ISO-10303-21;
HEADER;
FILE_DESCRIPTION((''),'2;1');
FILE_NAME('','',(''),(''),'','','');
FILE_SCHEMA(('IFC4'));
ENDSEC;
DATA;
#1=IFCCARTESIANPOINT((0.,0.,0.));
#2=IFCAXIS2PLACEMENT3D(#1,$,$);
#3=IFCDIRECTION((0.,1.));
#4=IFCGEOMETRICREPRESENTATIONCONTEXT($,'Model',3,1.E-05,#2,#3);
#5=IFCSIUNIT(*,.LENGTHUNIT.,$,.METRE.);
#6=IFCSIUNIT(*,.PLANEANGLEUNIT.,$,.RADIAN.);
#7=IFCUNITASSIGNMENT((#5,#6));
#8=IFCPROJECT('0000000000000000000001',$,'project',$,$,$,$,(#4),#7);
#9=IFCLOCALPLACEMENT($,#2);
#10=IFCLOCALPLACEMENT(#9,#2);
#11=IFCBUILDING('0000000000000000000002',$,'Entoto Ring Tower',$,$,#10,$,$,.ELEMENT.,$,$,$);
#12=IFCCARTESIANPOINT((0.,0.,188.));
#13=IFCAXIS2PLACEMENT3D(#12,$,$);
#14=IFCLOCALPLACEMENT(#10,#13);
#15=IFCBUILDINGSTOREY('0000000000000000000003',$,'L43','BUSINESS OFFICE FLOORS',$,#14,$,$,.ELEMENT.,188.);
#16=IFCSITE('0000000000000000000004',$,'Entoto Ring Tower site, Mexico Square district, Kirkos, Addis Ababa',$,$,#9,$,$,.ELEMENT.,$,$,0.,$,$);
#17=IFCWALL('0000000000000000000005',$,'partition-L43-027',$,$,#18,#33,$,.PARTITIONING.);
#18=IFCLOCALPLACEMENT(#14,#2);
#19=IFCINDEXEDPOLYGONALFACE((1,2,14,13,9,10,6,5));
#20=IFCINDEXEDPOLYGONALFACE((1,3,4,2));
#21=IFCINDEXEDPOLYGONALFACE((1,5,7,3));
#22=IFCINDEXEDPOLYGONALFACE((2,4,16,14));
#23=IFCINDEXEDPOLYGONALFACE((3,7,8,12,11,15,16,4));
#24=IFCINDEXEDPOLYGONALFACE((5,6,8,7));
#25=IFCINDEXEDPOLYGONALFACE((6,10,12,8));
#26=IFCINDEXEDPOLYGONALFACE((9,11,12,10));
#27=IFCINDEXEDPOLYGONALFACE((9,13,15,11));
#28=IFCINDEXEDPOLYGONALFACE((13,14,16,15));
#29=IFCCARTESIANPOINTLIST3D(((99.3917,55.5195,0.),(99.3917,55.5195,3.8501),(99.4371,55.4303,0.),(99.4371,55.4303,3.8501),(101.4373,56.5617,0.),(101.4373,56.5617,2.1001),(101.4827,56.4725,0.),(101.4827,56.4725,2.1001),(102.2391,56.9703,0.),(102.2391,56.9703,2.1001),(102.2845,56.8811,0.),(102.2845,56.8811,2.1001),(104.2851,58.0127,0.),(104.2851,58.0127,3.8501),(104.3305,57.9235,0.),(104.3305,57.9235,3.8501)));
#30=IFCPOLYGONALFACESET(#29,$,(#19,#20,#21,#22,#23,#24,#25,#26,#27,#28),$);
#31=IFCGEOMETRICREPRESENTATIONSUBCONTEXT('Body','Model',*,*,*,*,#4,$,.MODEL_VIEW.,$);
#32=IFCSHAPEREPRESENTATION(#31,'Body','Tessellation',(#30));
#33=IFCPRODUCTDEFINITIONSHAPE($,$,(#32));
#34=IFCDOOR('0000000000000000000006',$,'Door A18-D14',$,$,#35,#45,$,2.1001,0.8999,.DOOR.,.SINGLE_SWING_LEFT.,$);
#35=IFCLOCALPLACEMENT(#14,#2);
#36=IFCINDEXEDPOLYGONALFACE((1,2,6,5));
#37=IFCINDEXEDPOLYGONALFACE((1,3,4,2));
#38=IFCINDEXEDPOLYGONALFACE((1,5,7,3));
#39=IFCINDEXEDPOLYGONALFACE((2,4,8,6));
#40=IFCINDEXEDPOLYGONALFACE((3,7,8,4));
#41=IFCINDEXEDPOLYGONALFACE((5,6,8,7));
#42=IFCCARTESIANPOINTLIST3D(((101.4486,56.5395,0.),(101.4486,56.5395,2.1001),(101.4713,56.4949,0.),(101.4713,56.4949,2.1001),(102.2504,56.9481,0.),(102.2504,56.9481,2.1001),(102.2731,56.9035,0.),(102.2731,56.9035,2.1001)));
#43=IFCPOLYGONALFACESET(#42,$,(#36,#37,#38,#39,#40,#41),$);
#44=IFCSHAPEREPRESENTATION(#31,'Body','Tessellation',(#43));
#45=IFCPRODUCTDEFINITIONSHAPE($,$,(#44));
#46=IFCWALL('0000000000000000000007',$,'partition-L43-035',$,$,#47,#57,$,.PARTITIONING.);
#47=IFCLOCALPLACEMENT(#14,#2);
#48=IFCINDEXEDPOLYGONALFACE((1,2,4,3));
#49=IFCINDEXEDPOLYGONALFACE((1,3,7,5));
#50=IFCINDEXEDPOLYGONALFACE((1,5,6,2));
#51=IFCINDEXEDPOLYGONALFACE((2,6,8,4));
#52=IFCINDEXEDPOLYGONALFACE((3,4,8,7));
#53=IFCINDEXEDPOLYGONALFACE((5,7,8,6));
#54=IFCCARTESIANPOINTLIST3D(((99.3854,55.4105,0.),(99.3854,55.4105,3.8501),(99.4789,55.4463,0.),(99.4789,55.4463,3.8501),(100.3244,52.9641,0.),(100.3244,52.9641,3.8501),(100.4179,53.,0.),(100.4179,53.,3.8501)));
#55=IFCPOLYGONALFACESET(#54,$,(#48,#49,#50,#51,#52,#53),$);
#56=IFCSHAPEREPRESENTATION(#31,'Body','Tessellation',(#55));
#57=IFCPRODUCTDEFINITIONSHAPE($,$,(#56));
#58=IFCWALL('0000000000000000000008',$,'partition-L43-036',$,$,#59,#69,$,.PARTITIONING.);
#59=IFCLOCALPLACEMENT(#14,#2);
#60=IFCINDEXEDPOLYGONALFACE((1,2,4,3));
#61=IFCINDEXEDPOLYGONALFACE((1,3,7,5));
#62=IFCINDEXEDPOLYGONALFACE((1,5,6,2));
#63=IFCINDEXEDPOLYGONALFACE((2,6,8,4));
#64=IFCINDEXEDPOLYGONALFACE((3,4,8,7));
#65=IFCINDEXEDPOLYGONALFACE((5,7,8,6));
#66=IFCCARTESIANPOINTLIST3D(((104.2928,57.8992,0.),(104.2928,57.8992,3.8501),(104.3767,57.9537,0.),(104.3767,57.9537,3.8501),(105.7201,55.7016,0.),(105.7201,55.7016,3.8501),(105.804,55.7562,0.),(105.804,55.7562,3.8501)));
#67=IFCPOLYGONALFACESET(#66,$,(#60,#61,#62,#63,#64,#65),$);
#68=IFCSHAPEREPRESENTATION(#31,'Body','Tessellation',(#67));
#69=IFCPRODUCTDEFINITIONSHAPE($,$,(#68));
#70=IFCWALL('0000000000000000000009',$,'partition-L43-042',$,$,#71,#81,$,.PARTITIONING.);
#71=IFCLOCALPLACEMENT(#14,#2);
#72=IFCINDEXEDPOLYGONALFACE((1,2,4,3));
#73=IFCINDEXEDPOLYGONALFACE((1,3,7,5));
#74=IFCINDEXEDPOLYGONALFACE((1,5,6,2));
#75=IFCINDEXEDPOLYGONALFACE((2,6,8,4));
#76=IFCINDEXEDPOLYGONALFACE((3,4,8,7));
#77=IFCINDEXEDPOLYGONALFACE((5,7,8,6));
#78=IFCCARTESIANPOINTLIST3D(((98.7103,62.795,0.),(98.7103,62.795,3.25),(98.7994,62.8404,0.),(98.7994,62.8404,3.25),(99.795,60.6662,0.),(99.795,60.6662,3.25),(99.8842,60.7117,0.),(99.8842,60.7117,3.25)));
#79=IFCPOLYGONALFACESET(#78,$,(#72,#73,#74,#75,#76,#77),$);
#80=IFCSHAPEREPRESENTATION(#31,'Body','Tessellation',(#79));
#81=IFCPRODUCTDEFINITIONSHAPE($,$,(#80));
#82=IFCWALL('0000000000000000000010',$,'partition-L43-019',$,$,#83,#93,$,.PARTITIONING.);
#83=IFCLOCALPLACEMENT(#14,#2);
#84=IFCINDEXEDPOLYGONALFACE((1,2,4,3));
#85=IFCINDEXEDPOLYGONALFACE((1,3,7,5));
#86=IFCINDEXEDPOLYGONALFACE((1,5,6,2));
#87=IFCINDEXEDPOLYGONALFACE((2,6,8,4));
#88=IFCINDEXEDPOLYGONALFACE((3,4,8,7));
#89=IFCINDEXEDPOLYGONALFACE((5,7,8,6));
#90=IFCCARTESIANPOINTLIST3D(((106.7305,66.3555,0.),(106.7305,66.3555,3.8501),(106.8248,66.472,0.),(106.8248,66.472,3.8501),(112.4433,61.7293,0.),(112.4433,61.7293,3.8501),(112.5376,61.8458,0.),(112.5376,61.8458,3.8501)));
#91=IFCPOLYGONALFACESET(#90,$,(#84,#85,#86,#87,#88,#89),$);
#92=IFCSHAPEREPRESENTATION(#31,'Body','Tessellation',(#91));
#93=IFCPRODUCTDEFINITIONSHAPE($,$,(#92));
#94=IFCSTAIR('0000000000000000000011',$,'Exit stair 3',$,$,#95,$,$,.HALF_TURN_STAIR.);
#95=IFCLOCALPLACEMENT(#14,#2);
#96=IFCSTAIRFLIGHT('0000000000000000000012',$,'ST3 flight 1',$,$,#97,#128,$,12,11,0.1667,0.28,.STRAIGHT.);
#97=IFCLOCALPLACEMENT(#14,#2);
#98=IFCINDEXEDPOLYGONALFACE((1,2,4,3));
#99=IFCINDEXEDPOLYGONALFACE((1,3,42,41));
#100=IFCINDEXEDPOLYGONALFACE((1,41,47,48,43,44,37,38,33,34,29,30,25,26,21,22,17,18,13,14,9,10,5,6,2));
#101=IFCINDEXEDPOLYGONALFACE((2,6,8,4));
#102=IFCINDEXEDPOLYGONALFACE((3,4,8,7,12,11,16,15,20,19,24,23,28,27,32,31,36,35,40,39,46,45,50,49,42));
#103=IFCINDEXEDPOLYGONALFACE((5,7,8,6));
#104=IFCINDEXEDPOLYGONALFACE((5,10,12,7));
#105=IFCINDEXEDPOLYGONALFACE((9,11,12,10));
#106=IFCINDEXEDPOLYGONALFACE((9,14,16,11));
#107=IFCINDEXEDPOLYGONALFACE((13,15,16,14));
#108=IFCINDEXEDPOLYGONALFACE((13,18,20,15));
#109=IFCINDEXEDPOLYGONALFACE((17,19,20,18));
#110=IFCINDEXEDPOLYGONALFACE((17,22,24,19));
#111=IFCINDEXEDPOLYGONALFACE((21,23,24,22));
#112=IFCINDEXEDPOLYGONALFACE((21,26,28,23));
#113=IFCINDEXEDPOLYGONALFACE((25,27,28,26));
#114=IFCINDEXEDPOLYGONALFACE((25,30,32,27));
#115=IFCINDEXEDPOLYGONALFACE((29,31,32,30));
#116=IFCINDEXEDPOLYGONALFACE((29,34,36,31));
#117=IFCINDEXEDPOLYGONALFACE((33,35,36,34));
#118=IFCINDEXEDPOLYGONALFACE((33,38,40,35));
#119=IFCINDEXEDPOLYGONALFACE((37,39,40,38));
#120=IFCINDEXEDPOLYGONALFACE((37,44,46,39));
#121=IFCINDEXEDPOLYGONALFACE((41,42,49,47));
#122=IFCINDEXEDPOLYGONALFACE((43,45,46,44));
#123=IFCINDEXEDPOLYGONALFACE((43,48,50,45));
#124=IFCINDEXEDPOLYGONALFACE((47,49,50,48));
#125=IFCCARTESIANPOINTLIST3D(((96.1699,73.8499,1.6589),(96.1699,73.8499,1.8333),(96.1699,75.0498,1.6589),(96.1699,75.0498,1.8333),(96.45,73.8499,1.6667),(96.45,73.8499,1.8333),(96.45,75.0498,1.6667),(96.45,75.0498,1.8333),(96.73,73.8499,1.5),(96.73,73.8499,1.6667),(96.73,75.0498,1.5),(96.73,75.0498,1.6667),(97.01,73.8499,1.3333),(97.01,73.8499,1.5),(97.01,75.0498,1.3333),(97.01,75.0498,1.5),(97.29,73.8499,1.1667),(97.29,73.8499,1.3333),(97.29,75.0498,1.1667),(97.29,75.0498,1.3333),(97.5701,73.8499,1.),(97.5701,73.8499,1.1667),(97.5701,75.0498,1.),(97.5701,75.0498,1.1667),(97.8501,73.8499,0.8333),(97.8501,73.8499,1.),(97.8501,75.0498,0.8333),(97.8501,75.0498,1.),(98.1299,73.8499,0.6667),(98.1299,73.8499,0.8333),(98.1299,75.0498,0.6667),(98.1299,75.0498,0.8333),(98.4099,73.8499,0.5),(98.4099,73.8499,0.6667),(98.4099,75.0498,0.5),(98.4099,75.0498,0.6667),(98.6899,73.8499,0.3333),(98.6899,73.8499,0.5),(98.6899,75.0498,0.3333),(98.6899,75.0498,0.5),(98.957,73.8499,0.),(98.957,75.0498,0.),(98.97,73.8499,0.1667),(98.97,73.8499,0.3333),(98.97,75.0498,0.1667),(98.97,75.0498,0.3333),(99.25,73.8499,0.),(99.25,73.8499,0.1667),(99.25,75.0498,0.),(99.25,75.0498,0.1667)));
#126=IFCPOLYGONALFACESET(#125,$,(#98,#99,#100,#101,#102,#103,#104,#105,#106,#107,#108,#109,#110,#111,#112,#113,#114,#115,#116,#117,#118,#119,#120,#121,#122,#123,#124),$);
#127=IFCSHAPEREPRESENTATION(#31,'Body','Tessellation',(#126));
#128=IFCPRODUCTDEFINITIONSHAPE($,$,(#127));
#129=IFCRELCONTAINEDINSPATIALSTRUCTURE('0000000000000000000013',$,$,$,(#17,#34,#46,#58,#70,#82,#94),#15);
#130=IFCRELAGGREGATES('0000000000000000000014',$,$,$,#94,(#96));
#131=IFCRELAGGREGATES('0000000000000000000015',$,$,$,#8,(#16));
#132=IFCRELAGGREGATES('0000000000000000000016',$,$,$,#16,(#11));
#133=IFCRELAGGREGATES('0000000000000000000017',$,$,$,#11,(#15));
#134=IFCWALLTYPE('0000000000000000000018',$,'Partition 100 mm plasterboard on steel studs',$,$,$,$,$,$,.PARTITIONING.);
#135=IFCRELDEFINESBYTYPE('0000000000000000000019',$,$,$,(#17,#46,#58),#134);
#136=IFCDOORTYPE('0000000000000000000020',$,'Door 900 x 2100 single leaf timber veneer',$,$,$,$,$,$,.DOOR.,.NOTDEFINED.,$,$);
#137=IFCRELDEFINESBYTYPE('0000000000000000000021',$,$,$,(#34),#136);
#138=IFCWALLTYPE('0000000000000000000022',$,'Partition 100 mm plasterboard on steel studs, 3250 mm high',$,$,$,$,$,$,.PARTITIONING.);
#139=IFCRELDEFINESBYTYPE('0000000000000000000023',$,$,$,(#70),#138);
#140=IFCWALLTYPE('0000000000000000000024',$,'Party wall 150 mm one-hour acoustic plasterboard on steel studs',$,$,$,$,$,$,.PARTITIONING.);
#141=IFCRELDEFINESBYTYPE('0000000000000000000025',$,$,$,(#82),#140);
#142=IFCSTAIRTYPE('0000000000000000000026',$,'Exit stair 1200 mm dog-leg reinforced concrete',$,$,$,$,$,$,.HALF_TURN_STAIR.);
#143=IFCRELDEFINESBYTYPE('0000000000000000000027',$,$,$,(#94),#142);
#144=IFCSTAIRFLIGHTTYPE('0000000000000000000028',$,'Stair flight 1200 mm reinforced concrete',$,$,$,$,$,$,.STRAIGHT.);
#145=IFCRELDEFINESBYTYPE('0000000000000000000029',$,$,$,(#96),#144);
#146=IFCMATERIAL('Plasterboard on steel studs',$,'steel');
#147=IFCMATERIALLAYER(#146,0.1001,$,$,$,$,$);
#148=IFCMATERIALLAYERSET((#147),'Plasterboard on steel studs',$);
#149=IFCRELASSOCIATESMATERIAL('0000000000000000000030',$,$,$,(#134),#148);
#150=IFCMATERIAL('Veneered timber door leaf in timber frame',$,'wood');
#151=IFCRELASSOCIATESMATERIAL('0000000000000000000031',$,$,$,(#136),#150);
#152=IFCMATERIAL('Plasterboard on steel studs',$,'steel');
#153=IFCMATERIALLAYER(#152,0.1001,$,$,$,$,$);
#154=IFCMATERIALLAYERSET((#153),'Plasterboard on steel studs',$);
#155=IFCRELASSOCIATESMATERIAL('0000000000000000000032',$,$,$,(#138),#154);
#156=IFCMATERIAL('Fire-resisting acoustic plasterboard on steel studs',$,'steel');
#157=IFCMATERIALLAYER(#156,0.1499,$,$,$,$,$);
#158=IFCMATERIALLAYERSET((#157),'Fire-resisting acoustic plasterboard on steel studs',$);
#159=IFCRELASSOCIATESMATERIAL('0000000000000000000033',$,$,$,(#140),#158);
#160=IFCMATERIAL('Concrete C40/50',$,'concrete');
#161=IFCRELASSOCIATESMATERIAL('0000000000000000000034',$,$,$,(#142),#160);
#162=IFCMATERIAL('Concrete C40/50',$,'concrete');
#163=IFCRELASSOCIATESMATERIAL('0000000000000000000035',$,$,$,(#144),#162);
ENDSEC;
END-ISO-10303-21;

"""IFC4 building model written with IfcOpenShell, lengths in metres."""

from ifc_helpers import new_model, si_unit, direction, frame, frame_2d, origin, place, context, subcontext, project, spatial, polyline, rectangle, outline, extrude, material, layer, layer_set, type_object, element, fill, aggregate, save


model = new_model("IFC4")

# Units and contexts
model_context = context("Model", 3, precision=1e-05, world=origin(), true_north=direction((0.0, 1.0)))
body_context = subcontext(model_context, "Body", "Model", "MODEL_VIEW")
ifc_project = project(units=[si_unit("LENGTHUNIT", "METRE"), si_unit("PLANEANGLEUNIT", "RADIAN")], contexts=[model_context])

# Site, building, storey
site_placement = place(None, origin())
site = spatial("IfcSite", under=ifc_project, at=site_placement, Name="Entoto Ring Tower site, Mexico Square district, Kirkos, Addis Ababa", CompositionType="ELEMENT", RefElevation=0.0)
building_placement = place(site_placement, origin())
building = spatial("IfcBuilding", under=site, at=building_placement, Name="Entoto Ring Tower", CompositionType="ELEMENT")
storey_placement = place(building_placement, frame((0.0, 0.0, 188.0)))
storey = spatial("IfcBuildingStorey", under=building, at=storey_placement, Name="L43", Description="BUSINESS OFFICE FLOORS", CompositionType="ELEMENT", Elevation=188.0)

# Wall, opening, door
ifc_material_1 = material(Name="Plasterboard on steel studs", Category="steel")
ifc_layer_1 = layer(ifc_material_1, 0.1001)
ifc_layer_set_1 = layer_set([ifc_layer_1], Name="Plasterboard on steel studs")
wall_type_1 = type_object("IfcWallType", Name="Partition 100 mm plasterboard on steel studs", PredefinedType="PARTITIONING", material=ifc_layer_set_1)
wall_1_placement = place(storey_placement, frame((99.4143, 55.4749, 0.0), z_axis=(0.0, 0.0, 1.0), x_axis=(0.891014, 0.453976, 0.0)))
wall_1 = element("IfcWall", 1, at=wall_1_placement, inside=storey, type_object=wall_type_1, Name="partition-L43-027", PredefinedType="PARTITIONING", context=body_context, shape_type="SweptSolid", body=[
    extrude(rectangle(XDim=5.4919, YDim=0.1001, at=frame_2d((2.7461, 0.0))), origin(), (0.0, 0.0, 1.0), 3.8501),
])
opening_1_placement = place(wall_1_placement, frame((2.2959, 0.0, 0.0)))
opening_1 = element("IfcOpeningElement", 2, at=opening_1_placement, cuts=wall_1, PredefinedType="OPENING", context=body_context, shape_type="SweptSolid", body=[
    extrude(rectangle(XDim=0.8999, YDim=2.1001, at=frame_2d((0.45, 1.05))), frame((0.0, 0.0601, 0.0), z_axis=(0.0, -1.0, 0.0), x_axis=(1.0, 0.0, 0.0)), (0.0, 0.0, 1.0), 0.1201),
])
ifc_material_2 = material(Name="Veneered timber door leaf in timber frame", Category="wood")
door_type_1 = type_object("IfcDoorType", Name="Door 900 x 2100 single leaf timber veneer", OperationType="NOTDEFINED", PredefinedType="DOOR", material=ifc_material_2)
door_1_placement = place(opening_1_placement, frame((0.8999, 0.0, 0.0), z_axis=(0.0, 0.0, 1.0), x_axis=(-1.0, 0.0, 0.0)))
door_1 = element("IfcDoor", 3, at=door_1_placement, inside=storey, type_object=door_type_1, Name="Door A18-D14", OperationType="SINGLE_SWING_LEFT", OverallHeight=2.1001, OverallWidth=0.8999, PredefinedType="DOOR", context=body_context, shape_type="SweptSolid", body=[
    extrude(rectangle(XDim=0.8999, YDim=2.1001, at=frame_2d((0.45, 1.05))), frame((0.0, 0.0249, 0.0), z_axis=(0.0, -1.0, 0.0), x_axis=(1.0, 0.0, 0.0)), (0.0, 0.0, 1.0), 0.05),
])
fill(opening_1, door_1)

# Walls
for number, where, z_axis, x_axis, name in (
    (4, (100.3711, 52.9822, 0.0), (0.0, 0.0, 1.0), (-0.358342, 0.93359, 0.0), "partition-L43-035"),
    (5, (105.762, 55.729, 0.0), (0.0, 0.0, 1.0), (-0.544684, 0.838642, 0.0), "partition-L43-036"),
):
    element("IfcWall", number, at=place(storey_placement, frame(where, z_axis=z_axis, x_axis=x_axis)), inside=storey, type_object=wall_type_1, Name=name, PredefinedType="PARTITIONING", context=body_context, shape_type="SweptSolid", body=[
        extrude(rectangle(XDim=2.6204, YDim=0.1001, at=frame_2d((1.3101, 0.0))), origin(), (0.0, 0.0, 1.0), 3.8501),
    ])
ifc_material_3 = material(Name="Plasterboard on steel studs", Category="steel")
ifc_layer_2 = layer(ifc_material_3, 0.1001)
ifc_layer_set_2 = layer_set([ifc_layer_2], Name="Plasterboard on steel studs")
wall_type_2 = type_object("IfcWallType", Name="Partition 100 mm plasterboard on steel studs, 3250 mm high", PredefinedType="PARTITIONING", material=ifc_layer_set_2)
wall_2_placement = place(storey_placement, frame((99.8396, 60.689, 0.0), z_axis=(0.0, 0.0, 1.0), x_axis=(-0.454027, 0.890988, 0.0)))
element("IfcWall", 6, at=wall_2_placement, inside=storey, type_object=wall_type_2, Name="partition-L43-042", PredefinedType="PARTITIONING", context=body_context, shape_type="SweptSolid", body=[
    extrude(rectangle(XDim=2.3892, YDim=0.1001, at=frame_2d((1.1946, 0.0))), origin(), (0.0, 0.0, 1.0), 3.25),
])
ifc_material_4 = material(Name="Fire-resisting acoustic plasterboard on steel studs", Category="steel")
ifc_layer_3 = layer(ifc_material_4, 0.1499)
ifc_layer_set_3 = layer_set([ifc_layer_3], Name="Fire-resisting acoustic plasterboard on steel studs")
wall_type_3 = type_object("IfcWallType", Name="Party wall 150 mm one-hour acoustic plasterboard on steel studs", PredefinedType="PARTITIONING", material=ifc_layer_set_3)
wall_3_placement = place(storey_placement, frame((112.4905, 61.7876, 0.0), z_axis=(0.0, 0.0, 1.0), x_axis=(-0.777145, 0.629321, 0.0)))
element("IfcWall", 7, at=wall_3_placement, inside=storey, type_object=wall_type_3, Name="partition-L43-019", PredefinedType="PARTITIONING", context=body_context, shape_type="SweptSolid", body=[
    extrude(rectangle(XDim=7.3511, YDim=0.1499, at=frame_2d((3.6755, 0.0))), origin(), (0.0, 0.0, 1.0), 3.8501),
])

# Stair, stair flight
ifc_material_5 = material(Name="Concrete C40/50", Category="concrete")
stair_type = type_object("IfcStairType", Name="Exit stair 1200 mm dog-leg reinforced concrete", PredefinedType="HALF_TURN_STAIR", material=ifc_material_5)
stair_placement = place(storey_placement, origin())
stair = element("IfcStair", 8, at=stair_placement, inside=storey, type_object=stair_type, Name="Exit stair 3", PredefinedType="HALF_TURN_STAIR")
ifc_material_6 = material(Name="Concrete C40/50", Category="concrete")
stair_flight_type = type_object("IfcStairFlightType", Name="Stair flight 1200 mm reinforced concrete", PredefinedType="STRAIGHT", material=ifc_material_6)
stair_flight_placement = place(storey_placement, frame((99.25, 74.45, 0.0), z_axis=(0.0, 0.0, 1.0), x_axis=(-1.0, 0.0, 0.0)))
stair_flight = element("IfcStairFlight", 9, at=stair_flight_placement, type_object=stair_flight_type, Name="ST3 flight 1", NumberOfRisers=12, NumberOfTreads=11, PredefinedType="STRAIGHT", RiserHeight=0.1667, TreadLength=0.28, context=body_context, shape_type="SweptSolid", body=[
    extrude(outline(polyline([(0.0, 0.0), (0.0, 0.1667), (0.28, 0.1667), (0.28, 0.3333), (0.5601, 0.3333), (0.5601, 0.5), (0.8401, 0.5), (0.8401, 0.6667), (1.1201, 0.6667), (1.1201, 0.8333), (1.3999, 0.8333), (1.3999, 1.0), (1.6799, 1.0), (1.6799, 1.1667), (1.96, 1.1667), (1.96, 1.3333), (2.24, 1.3333), (2.24, 1.5), (2.52, 1.5), (2.52, 1.6667), (2.8, 1.6667), (2.8, 1.8333), (3.0801, 1.8333), (3.0801, 2.0), (3.0801, 1.6589), (0.293, 0.0), (0.0, 0.0)])), frame((0.0, 0.6001, 0.0), z_axis=(0.0, -1.0, 0.0), x_axis=(1.0, 0.0, 0.0)), (0.0, 0.0, 1.0), 1.2),
])
aggregate(stair, [stair_flight])

save(model, "model.ifc")
